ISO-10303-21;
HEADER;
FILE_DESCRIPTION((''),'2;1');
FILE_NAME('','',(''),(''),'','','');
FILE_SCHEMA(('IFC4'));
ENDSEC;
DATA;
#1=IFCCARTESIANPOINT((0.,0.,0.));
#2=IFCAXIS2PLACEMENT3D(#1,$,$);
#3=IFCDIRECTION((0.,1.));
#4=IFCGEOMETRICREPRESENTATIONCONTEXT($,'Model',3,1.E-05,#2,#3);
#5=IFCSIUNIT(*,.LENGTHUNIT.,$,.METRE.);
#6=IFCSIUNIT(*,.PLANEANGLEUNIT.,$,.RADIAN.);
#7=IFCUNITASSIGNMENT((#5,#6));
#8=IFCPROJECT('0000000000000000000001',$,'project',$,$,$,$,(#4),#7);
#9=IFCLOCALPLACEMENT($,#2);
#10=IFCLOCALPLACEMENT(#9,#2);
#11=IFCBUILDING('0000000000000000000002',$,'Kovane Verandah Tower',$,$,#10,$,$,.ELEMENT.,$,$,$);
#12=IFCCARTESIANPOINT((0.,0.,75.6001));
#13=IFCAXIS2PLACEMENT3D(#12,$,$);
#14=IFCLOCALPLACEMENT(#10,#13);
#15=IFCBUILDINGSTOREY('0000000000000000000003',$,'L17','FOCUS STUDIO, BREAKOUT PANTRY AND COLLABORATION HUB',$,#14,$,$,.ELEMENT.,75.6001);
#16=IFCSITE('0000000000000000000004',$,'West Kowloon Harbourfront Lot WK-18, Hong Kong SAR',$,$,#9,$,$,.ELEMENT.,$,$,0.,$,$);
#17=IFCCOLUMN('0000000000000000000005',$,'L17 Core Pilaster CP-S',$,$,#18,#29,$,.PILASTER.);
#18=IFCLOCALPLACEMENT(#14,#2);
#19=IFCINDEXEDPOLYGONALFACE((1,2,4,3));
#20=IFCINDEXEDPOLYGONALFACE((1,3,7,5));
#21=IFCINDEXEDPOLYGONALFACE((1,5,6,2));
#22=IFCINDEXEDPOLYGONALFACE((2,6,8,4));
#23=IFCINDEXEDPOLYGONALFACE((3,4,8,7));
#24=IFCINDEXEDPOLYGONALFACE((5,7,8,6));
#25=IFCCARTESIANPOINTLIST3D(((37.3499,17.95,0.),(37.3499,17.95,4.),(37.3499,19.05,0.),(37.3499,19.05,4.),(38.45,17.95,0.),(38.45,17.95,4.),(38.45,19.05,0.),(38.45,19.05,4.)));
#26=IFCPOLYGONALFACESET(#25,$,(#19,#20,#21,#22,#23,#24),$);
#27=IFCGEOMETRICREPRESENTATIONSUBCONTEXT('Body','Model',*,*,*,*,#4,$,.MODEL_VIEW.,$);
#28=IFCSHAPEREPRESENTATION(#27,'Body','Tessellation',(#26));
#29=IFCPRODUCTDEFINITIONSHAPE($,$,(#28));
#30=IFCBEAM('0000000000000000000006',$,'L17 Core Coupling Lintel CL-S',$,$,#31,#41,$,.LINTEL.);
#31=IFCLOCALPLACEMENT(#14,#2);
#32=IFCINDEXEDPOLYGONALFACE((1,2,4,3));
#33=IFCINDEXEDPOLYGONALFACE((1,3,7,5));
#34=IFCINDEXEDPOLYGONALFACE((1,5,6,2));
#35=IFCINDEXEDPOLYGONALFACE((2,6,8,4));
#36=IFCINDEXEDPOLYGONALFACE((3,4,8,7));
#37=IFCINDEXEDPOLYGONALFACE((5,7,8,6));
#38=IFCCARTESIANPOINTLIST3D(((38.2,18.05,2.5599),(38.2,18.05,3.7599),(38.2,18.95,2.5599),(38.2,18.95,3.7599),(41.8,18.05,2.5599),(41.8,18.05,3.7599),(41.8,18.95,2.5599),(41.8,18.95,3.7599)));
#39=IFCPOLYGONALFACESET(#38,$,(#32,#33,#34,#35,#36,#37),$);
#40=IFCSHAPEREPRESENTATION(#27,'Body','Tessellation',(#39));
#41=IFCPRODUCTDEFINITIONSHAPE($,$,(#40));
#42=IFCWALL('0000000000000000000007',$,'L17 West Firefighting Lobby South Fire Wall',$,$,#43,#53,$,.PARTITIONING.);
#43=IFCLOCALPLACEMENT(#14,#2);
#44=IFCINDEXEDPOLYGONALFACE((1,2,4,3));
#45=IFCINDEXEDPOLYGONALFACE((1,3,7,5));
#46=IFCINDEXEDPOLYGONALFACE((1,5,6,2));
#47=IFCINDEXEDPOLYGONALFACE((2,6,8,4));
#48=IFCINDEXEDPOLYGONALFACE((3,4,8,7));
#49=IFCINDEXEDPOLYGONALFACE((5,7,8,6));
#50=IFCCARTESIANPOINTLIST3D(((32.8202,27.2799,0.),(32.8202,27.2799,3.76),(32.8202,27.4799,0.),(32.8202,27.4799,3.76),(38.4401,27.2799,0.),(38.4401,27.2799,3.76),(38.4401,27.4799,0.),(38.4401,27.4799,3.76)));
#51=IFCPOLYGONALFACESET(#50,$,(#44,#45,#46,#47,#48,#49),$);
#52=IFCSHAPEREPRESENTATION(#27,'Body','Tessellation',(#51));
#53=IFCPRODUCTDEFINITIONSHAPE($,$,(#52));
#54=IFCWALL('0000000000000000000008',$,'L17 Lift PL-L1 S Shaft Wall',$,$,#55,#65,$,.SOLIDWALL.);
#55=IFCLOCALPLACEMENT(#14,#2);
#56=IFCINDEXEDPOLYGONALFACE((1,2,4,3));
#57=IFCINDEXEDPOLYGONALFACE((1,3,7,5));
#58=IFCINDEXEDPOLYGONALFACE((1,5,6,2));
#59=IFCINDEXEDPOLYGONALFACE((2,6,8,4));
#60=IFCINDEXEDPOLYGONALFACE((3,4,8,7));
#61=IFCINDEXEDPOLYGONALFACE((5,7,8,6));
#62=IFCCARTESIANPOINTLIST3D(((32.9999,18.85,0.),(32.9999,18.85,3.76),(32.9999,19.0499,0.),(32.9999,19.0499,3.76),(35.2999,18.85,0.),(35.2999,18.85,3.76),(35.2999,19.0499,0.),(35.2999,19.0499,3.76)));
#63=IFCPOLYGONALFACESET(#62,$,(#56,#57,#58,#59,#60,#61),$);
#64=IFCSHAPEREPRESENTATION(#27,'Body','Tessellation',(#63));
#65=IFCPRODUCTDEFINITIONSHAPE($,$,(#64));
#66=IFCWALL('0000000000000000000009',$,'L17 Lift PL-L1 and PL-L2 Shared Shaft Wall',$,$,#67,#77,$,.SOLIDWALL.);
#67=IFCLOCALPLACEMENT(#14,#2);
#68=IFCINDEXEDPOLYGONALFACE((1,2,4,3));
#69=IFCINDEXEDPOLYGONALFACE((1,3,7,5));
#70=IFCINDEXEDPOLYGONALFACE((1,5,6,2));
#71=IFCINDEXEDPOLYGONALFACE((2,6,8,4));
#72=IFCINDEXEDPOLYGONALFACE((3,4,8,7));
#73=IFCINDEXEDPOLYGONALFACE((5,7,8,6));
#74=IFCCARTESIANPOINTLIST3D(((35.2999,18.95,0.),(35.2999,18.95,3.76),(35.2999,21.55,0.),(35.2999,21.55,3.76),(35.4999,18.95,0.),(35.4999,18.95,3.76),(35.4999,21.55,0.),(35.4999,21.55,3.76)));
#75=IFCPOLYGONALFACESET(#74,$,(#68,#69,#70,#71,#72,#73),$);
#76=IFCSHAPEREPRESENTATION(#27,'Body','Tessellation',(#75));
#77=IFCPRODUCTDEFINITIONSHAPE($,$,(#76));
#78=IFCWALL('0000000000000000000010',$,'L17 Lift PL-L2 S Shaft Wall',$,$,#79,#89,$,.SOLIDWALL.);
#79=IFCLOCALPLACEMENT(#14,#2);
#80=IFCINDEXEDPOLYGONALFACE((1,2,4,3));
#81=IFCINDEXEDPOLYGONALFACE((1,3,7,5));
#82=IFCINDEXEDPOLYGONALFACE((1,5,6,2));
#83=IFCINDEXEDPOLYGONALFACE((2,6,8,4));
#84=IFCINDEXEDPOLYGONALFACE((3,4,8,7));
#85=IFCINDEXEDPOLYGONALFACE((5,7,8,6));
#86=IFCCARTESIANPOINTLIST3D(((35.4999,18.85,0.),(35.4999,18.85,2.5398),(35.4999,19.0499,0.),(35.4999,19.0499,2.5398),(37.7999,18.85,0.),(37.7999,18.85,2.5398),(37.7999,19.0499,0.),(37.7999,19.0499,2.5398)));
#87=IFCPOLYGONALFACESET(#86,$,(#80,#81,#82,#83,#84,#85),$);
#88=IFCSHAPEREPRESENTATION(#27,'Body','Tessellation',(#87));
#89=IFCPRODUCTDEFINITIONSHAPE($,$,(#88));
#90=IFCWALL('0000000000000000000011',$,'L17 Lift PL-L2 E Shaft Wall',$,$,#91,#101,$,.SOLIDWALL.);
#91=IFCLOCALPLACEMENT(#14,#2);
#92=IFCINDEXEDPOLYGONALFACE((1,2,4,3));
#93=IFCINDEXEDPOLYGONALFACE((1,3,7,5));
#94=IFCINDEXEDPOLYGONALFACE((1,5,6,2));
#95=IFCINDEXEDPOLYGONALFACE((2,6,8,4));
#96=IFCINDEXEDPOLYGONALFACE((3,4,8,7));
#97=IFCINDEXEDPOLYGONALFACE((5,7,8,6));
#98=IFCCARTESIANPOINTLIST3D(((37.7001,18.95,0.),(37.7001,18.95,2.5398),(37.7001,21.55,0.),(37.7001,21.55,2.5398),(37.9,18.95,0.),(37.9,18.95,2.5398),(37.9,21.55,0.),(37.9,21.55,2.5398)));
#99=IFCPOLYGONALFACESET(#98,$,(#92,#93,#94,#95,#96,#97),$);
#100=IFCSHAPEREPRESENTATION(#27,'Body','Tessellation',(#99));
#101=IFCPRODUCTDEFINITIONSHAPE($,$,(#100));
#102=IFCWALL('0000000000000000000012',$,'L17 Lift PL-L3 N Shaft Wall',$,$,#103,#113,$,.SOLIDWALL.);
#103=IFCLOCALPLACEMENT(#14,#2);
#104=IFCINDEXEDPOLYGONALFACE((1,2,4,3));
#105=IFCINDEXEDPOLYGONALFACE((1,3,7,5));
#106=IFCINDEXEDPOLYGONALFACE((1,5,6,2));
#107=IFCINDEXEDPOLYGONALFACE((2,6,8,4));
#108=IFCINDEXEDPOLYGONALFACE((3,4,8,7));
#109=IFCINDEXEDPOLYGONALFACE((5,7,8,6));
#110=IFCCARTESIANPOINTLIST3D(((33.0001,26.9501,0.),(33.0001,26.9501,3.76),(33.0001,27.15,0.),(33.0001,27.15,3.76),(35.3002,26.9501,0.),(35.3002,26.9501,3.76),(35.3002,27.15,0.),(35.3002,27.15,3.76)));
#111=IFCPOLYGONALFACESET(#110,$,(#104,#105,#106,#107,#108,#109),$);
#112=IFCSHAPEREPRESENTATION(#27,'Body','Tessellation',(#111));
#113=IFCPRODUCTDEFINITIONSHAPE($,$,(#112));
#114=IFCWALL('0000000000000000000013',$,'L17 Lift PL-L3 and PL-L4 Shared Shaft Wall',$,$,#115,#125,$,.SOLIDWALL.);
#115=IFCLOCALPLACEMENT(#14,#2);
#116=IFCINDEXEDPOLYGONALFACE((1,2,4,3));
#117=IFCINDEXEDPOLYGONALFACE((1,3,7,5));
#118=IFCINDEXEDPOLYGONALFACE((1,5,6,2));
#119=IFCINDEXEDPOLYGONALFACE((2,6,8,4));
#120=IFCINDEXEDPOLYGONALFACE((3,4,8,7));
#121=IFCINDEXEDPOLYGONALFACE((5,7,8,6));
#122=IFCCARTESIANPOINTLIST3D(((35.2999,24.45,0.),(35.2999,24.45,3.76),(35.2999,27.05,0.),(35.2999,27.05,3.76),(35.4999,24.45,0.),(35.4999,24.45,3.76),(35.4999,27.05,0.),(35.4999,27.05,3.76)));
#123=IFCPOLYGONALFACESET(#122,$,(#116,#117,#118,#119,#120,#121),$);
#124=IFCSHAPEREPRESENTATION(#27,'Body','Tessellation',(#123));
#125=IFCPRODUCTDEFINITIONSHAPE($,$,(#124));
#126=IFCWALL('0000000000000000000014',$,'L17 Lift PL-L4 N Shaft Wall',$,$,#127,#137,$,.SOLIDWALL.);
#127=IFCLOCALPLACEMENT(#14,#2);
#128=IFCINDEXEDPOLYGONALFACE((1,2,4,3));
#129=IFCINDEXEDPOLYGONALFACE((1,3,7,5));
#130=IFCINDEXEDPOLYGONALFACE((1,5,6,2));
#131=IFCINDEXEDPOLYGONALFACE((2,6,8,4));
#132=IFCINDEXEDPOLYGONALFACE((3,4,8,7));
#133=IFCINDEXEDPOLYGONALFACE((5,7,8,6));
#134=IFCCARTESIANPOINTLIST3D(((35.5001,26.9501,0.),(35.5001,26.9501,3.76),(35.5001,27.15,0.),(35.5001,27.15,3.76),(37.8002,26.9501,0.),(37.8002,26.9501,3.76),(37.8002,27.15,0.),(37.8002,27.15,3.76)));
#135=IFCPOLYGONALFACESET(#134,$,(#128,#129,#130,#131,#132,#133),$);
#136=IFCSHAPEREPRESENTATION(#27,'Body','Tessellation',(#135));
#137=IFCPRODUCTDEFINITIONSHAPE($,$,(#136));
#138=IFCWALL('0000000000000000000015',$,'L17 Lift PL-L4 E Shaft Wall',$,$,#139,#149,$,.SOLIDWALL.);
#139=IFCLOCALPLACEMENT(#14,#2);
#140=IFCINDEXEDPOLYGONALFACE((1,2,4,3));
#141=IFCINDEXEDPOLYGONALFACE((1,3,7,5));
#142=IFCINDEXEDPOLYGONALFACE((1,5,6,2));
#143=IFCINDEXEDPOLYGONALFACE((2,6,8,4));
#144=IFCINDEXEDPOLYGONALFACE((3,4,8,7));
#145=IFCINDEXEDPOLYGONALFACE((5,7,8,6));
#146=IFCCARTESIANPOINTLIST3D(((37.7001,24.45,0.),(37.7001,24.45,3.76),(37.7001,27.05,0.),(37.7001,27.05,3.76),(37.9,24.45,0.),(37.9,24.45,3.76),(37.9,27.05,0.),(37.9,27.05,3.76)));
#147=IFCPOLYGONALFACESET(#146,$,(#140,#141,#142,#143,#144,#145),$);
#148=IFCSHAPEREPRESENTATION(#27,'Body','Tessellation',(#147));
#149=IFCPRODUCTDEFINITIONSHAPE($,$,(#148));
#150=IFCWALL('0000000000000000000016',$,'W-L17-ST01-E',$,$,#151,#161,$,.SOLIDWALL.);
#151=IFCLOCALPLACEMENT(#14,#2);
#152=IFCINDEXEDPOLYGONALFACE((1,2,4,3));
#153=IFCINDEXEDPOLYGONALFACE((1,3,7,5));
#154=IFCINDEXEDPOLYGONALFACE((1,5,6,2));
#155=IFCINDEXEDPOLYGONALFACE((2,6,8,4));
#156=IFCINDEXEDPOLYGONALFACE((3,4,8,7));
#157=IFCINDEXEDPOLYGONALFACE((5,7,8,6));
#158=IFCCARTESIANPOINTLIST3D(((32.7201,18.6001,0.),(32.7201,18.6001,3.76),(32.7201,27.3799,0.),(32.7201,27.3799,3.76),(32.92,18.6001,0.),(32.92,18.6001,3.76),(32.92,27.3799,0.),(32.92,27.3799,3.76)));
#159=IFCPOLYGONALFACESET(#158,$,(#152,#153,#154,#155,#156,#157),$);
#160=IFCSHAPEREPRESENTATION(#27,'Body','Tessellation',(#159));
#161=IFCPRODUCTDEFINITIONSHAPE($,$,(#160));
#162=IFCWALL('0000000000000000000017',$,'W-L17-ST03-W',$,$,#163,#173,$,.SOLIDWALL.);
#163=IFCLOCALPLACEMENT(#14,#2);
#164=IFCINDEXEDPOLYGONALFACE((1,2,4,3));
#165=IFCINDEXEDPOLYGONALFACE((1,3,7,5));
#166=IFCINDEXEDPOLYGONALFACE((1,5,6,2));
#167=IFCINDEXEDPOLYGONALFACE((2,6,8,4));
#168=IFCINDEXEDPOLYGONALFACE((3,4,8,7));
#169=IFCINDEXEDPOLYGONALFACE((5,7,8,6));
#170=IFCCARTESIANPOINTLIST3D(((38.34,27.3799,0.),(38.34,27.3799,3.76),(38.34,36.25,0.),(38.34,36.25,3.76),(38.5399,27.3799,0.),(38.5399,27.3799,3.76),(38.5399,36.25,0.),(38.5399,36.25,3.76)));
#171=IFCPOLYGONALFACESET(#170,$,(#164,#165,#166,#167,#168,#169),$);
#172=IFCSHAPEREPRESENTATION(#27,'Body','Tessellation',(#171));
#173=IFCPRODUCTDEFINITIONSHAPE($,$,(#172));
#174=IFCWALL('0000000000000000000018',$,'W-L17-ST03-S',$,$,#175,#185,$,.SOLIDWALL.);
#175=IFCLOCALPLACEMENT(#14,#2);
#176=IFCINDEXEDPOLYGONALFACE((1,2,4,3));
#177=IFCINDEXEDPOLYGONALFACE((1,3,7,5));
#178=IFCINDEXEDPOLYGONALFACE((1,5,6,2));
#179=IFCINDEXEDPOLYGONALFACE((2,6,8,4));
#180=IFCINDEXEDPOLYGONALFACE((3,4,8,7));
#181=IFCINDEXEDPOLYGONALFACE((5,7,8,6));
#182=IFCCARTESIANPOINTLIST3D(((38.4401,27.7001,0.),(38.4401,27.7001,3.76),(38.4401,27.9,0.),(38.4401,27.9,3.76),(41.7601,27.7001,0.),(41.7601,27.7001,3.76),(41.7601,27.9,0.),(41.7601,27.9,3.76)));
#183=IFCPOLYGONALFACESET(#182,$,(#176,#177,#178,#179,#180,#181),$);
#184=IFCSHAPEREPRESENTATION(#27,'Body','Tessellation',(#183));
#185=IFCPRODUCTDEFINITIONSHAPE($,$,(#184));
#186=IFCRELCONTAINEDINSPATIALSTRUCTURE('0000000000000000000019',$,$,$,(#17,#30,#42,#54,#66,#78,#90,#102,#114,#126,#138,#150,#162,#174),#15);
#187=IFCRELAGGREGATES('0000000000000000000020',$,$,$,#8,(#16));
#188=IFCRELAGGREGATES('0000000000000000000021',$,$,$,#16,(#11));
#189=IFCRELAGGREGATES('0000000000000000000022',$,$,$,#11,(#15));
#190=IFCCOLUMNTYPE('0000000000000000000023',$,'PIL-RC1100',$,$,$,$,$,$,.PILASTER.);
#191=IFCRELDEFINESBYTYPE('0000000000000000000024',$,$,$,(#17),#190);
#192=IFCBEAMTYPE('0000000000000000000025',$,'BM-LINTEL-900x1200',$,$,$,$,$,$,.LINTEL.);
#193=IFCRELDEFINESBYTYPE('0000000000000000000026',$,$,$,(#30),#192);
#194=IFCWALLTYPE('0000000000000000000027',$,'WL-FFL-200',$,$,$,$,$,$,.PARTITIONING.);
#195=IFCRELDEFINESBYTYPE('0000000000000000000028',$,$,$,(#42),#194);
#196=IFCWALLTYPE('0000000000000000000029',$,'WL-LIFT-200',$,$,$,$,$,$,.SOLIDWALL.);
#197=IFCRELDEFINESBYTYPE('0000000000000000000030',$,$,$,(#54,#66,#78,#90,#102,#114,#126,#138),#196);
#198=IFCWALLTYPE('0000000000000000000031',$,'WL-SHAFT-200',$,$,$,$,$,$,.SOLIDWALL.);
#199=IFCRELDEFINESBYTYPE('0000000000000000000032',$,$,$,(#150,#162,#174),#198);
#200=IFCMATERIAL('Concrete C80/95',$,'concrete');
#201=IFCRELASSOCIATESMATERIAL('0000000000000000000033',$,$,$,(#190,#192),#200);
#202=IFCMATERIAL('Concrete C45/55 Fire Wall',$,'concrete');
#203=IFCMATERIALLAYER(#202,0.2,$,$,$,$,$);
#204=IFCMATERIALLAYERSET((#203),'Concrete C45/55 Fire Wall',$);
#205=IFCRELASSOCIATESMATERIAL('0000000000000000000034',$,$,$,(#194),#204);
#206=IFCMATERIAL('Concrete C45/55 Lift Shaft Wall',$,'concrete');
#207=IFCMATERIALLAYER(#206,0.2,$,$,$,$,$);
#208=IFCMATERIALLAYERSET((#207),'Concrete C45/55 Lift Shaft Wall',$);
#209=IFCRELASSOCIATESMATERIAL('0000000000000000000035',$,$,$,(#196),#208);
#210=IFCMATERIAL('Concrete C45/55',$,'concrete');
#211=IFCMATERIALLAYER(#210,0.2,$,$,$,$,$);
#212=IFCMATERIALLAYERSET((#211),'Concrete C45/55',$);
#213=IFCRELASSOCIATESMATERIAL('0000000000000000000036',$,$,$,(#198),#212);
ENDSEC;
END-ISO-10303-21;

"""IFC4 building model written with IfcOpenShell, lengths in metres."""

from ifc_helpers import new_model, si_unit, direction, frame, frame_2d, origin, origin_2d, place, context, subcontext, project, spatial, rectangle, extrude, material, layer, layer_set, material_profile, profile_set, type_object, element, save


model = new_model("IFC4")

# Units and contexts
model_context = context("Model", 3, precision=1e-05, world=origin(), true_north=direction((0.0, 1.0)))
body_context = subcontext(model_context, "Body", "Model", "MODEL_VIEW")
ifc_project = project(units=[si_unit("LENGTHUNIT", "METRE"), si_unit("PLANEANGLEUNIT", "RADIAN")], contexts=[model_context])

# Site, building, storey
site_placement = place(None, origin())
site = spatial("IfcSite", under=ifc_project, at=site_placement, Name="West Kowloon Harbourfront Lot WK-18, Hong Kong SAR", CompositionType="ELEMENT", RefElevation=0.0)
building_placement = place(site_placement, origin())
building = spatial("IfcBuilding", under=site, at=building_placement, Name="Kovane Verandah Tower", CompositionType="ELEMENT")
storey_placement = place(building_placement, frame((0.0, 0.0, 75.6001)))
storey = spatial("IfcBuildingStorey", under=building, at=storey_placement, Name="L17", Description="FOCUS STUDIO, BREAKOUT PANTRY AND COLLABORATION HUB", CompositionType="ELEMENT", Elevation=75.6001)

# Column
ifc_material_1 = material(Name="Concrete C80/95", Category="concrete")
ifc_material_profile_1 = material_profile(ifc_material_1, rectangle(XDim=1.1001, YDim=1.1001, at=origin_2d()), Name="RC1100x1100")
ifc_profile_set_1 = profile_set([ifc_material_profile_1], Name="Concrete C80/95")
column_type = type_object("IfcColumnType", Name="PIL-RC1100", PredefinedType="PILASTER", material=ifc_profile_set_1)
column_placement = place(storey_placement, frame((37.8999, 18.5, 0.0), z_axis=(0.0, 0.0, 1.0), x_axis=(1.0, 0.0, 0.0)))
element("IfcColumn", 1, at=column_placement, inside=storey, type_object=column_type, Name="L17 Core Pilaster CP-S", PredefinedType="PILASTER", context=body_context, shape_type="SweptSolid", body=[
    extrude(rectangle(XDim=1.1001, YDim=1.1001, at=origin_2d()), origin(), (0.0, 0.0, 1.0), 4.0),
])

# Beam
ifc_material_profile_2 = material_profile(ifc_material_1, rectangle(XDim=0.8999, YDim=1.2, at=origin_2d()), Name="RCB900x1200")
ifc_profile_set_2 = profile_set([ifc_material_profile_2], Name="Concrete C80/95")
beam_type = type_object("IfcBeamType", Name="BM-LINTEL-900x1200", PredefinedType="LINTEL", material=ifc_profile_set_2)
beam_placement = place(storey_placement, frame((38.2, 18.5, 3.1599), z_axis=(1.0, 0.0, 0.0), x_axis=(0.0, 1.0, 0.0)))
element("IfcBeam", 2, at=beam_placement, inside=storey, type_object=beam_type, Name="L17 Core Coupling Lintel CL-S", PredefinedType="LINTEL", context=body_context, shape_type="SweptSolid", body=[
    extrude(rectangle(XDim=0.8999, YDim=1.2, at=origin_2d()), origin(), (0.0, 0.0, 1.0), 3.6001),
])

# Shared definitions
ifc_material_2 = material(Name="Concrete C45/55 Fire Wall", Category="concrete")
ifc_layer_1 = layer(ifc_material_2, 0.2)
ifc_layer_set_1 = layer_set([ifc_layer_1], Name="Concrete C45/55 Fire Wall")
wall_type_1 = type_object("IfcWallType", Name="WL-FFL-200", PredefinedType="PARTITIONING", material=ifc_layer_set_1)

# Walls
wall_1_placement = place(storey_placement, frame((32.8201, 27.3799, 0.0), z_axis=(0.0, 0.0, 1.0), x_axis=(1.0, 0.0, 0.0)))
element("IfcWall", 3, at=wall_1_placement, inside=storey, type_object=wall_type_1, Name="L17 West Firefighting Lobby South Fire Wall", PredefinedType="PARTITIONING", context=body_context, shape_type="SweptSolid", body=[
    extrude(rectangle(XDim=5.6199, YDim=0.2, at=frame_2d((2.8101, 0.0))), origin(), (0.0, 0.0, 1.0), 3.76),
])
ifc_material_3 = material(Name="Concrete C45/55 Lift Shaft Wall", Category="concrete")
ifc_layer_2 = layer(ifc_material_3, 0.2)
ifc_layer_set_2 = layer_set([ifc_layer_2], Name="Concrete C45/55 Lift Shaft Wall")
wall_type_2 = type_object("IfcWallType", Name="WL-LIFT-200", PredefinedType="SOLIDWALL", material=ifc_layer_set_2)
wall_2_placement = place(storey_placement, frame((33.0, 18.95, 0.0), z_axis=(0.0, 0.0, 1.0), x_axis=(1.0, 0.0, 0.0)))
element("IfcWall", 4, at=wall_2_placement, inside=storey, type_object=wall_type_2, Name="L17 Lift PL-L1 S Shaft Wall", PredefinedType="SOLIDWALL", context=body_context, shape_type="SweptSolid", body=[
    extrude(rectangle(XDim=2.3, YDim=0.2, at=frame_2d((1.1499, 0.0))), origin(), (0.0, 0.0, 1.0), 3.76),
])

# Walls
wall_3_placement = place(storey_placement, frame((35.3999, 18.95, 0.0), z_axis=(0.0, 0.0, 1.0), x_axis=(0.0, 1.0, 0.0)))
element("IfcWall", 5, at=wall_3_placement, inside=storey, type_object=wall_type_2, Name="L17 Lift PL-L1 and PL-L2 Shared Shaft Wall", PredefinedType="SOLIDWALL", context=body_context, shape_type="SweptSolid", body=[
    extrude(rectangle(XDim=2.6001, YDim=0.2, at=frame_2d((1.3, 0.0))), origin(), (0.0, 0.0, 1.0), 3.76),
])
wall_4_placement = place(storey_placement, frame((35.5, 18.95, 0.0), z_axis=(0.0, 0.0, 1.0), x_axis=(1.0, 0.0, 0.0)))
element("IfcWall", 6, at=wall_4_placement, inside=storey, type_object=wall_type_2, Name="L17 Lift PL-L2 S Shaft Wall", PredefinedType="SOLIDWALL", context=body_context, shape_type="SweptSolid", body=[
    extrude(rectangle(XDim=2.3, YDim=0.2, at=frame_2d((1.1499, 0.0))), origin(), (0.0, 0.0, 1.0), 2.5398),
])

# Wall
wall_5_placement = place(storey_placement, frame((37.8, 18.95, 0.0), z_axis=(0.0, 0.0, 1.0), x_axis=(0.0, 1.0, 0.0)))
element("IfcWall", 7, at=wall_5_placement, inside=storey, type_object=wall_type_2, Name="L17 Lift PL-L2 E Shaft Wall", PredefinedType="SOLIDWALL", context=body_context, shape_type="SweptSolid", body=[
    extrude(rectangle(XDim=2.6001, YDim=0.2, at=frame_2d((1.3, 0.0))), origin(), (0.0, 0.0, 1.0), 2.5398),
])

# Walls
wall_6_placement = place(storey_placement, frame((35.3, 27.05, 0.0), z_axis=(0.0, 0.0, 1.0), x_axis=(-1.0, 0.0, 0.0)))
element("IfcWall", 8, at=wall_6_placement, inside=storey, type_object=wall_type_2, Name="L17 Lift PL-L3 N Shaft Wall", PredefinedType="SOLIDWALL", context=body_context, shape_type="SweptSolid", body=[
    extrude(rectangle(XDim=2.3, YDim=0.2, at=frame_2d((1.1499, 0.0))), origin(), (0.0, 0.0, 1.0), 3.76),
])
wall_7_placement = place(storey_placement, frame((35.3999, 24.45, 0.0), z_axis=(0.0, 0.0, 1.0), x_axis=(0.0, 1.0, 0.0)))
element("IfcWall", 9, at=wall_7_placement, inside=storey, type_object=wall_type_2, Name="L17 Lift PL-L3 and PL-L4 Shared Shaft Wall", PredefinedType="SOLIDWALL", context=body_context, shape_type="SweptSolid", body=[
    extrude(rectangle(XDim=2.6001, YDim=0.2, at=frame_2d((1.3, 0.0))), origin(), (0.0, 0.0, 1.0), 3.76),
])

# Walls
wall_8_placement = place(storey_placement, frame((37.8, 27.05, 0.0), z_axis=(0.0, 0.0, 1.0), x_axis=(-1.0, 0.0, 0.0)))
element("IfcWall", 10, at=wall_8_placement, inside=storey, type_object=wall_type_2, Name="L17 Lift PL-L4 N Shaft Wall", PredefinedType="SOLIDWALL", context=body_context, shape_type="SweptSolid", body=[
    extrude(rectangle(XDim=2.3, YDim=0.2, at=frame_2d((1.1499, 0.0))), origin(), (0.0, 0.0, 1.0), 3.76),
])
wall_9_placement = place(storey_placement, frame((37.8, 24.45, 0.0), z_axis=(0.0, 0.0, 1.0), x_axis=(0.0, 1.0, 0.0)))
element("IfcWall", 11, at=wall_9_placement, inside=storey, type_object=wall_type_2, Name="L17 Lift PL-L4 E Shaft Wall", PredefinedType="SOLIDWALL", context=body_context, shape_type="SweptSolid", body=[
    extrude(rectangle(XDim=2.6001, YDim=0.2, at=frame_2d((1.3, 0.0))), origin(), (0.0, 0.0, 1.0), 3.76),
])
ifc_material_4 = material(Name="Concrete C45/55", Category="concrete")
ifc_layer_3 = layer(ifc_material_4, 0.2)
ifc_layer_set_3 = layer_set([ifc_layer_3], Name="Concrete C45/55")
wall_type_3 = type_object("IfcWallType", Name="WL-SHAFT-200", PredefinedType="SOLIDWALL", material=ifc_layer_set_3)
wall_10_placement = place(storey_placement, frame((32.8201, 18.6001, 0.0), z_axis=(0.0, 0.0, 1.0), x_axis=(0.0, 1.0, 0.0)))
element("IfcWall", 12, at=wall_10_placement, inside=storey, type_object=wall_type_3, Name="W-L17-ST01-E", PredefinedType="SOLIDWALL", context=body_context, shape_type="SweptSolid", body=[
    extrude(rectangle(XDim=8.7798, YDim=0.2, at=frame_2d((4.3899, 0.0))), origin(), (0.0, 0.0, 1.0), 3.76),
])
wall_11_placement = place(storey_placement, frame((38.4399, 27.3799, 0.0), z_axis=(0.0, 0.0, 1.0), x_axis=(0.0, 1.0, 0.0)))
element("IfcWall", 13, at=wall_11_placement, inside=storey, type_object=wall_type_3, Name="W-L17-ST03-W", PredefinedType="SOLIDWALL", context=body_context, shape_type="SweptSolid", body=[
    extrude(rectangle(XDim=8.8701, YDim=0.2, at=frame_2d((4.4351, 0.0))), origin(), (0.0, 0.0, 1.0), 3.76),
])
wall_12_placement = place(storey_placement, frame((38.4399, 27.8, 0.0), z_axis=(0.0, 0.0, 1.0), x_axis=(1.0, 0.0, 0.0)))
element("IfcWall", 14, at=wall_12_placement, inside=storey, type_object=wall_type_3, Name="W-L17-ST03-S", PredefinedType="SOLIDWALL", context=body_context, shape_type="SweptSolid", body=[
    extrude(rectangle(XDim=3.3201, YDim=0.2, at=frame_2d((1.6602, 0.0))), origin(), (0.0, 0.0, 1.0), 3.76),
])

save(model, "model.ifc")
